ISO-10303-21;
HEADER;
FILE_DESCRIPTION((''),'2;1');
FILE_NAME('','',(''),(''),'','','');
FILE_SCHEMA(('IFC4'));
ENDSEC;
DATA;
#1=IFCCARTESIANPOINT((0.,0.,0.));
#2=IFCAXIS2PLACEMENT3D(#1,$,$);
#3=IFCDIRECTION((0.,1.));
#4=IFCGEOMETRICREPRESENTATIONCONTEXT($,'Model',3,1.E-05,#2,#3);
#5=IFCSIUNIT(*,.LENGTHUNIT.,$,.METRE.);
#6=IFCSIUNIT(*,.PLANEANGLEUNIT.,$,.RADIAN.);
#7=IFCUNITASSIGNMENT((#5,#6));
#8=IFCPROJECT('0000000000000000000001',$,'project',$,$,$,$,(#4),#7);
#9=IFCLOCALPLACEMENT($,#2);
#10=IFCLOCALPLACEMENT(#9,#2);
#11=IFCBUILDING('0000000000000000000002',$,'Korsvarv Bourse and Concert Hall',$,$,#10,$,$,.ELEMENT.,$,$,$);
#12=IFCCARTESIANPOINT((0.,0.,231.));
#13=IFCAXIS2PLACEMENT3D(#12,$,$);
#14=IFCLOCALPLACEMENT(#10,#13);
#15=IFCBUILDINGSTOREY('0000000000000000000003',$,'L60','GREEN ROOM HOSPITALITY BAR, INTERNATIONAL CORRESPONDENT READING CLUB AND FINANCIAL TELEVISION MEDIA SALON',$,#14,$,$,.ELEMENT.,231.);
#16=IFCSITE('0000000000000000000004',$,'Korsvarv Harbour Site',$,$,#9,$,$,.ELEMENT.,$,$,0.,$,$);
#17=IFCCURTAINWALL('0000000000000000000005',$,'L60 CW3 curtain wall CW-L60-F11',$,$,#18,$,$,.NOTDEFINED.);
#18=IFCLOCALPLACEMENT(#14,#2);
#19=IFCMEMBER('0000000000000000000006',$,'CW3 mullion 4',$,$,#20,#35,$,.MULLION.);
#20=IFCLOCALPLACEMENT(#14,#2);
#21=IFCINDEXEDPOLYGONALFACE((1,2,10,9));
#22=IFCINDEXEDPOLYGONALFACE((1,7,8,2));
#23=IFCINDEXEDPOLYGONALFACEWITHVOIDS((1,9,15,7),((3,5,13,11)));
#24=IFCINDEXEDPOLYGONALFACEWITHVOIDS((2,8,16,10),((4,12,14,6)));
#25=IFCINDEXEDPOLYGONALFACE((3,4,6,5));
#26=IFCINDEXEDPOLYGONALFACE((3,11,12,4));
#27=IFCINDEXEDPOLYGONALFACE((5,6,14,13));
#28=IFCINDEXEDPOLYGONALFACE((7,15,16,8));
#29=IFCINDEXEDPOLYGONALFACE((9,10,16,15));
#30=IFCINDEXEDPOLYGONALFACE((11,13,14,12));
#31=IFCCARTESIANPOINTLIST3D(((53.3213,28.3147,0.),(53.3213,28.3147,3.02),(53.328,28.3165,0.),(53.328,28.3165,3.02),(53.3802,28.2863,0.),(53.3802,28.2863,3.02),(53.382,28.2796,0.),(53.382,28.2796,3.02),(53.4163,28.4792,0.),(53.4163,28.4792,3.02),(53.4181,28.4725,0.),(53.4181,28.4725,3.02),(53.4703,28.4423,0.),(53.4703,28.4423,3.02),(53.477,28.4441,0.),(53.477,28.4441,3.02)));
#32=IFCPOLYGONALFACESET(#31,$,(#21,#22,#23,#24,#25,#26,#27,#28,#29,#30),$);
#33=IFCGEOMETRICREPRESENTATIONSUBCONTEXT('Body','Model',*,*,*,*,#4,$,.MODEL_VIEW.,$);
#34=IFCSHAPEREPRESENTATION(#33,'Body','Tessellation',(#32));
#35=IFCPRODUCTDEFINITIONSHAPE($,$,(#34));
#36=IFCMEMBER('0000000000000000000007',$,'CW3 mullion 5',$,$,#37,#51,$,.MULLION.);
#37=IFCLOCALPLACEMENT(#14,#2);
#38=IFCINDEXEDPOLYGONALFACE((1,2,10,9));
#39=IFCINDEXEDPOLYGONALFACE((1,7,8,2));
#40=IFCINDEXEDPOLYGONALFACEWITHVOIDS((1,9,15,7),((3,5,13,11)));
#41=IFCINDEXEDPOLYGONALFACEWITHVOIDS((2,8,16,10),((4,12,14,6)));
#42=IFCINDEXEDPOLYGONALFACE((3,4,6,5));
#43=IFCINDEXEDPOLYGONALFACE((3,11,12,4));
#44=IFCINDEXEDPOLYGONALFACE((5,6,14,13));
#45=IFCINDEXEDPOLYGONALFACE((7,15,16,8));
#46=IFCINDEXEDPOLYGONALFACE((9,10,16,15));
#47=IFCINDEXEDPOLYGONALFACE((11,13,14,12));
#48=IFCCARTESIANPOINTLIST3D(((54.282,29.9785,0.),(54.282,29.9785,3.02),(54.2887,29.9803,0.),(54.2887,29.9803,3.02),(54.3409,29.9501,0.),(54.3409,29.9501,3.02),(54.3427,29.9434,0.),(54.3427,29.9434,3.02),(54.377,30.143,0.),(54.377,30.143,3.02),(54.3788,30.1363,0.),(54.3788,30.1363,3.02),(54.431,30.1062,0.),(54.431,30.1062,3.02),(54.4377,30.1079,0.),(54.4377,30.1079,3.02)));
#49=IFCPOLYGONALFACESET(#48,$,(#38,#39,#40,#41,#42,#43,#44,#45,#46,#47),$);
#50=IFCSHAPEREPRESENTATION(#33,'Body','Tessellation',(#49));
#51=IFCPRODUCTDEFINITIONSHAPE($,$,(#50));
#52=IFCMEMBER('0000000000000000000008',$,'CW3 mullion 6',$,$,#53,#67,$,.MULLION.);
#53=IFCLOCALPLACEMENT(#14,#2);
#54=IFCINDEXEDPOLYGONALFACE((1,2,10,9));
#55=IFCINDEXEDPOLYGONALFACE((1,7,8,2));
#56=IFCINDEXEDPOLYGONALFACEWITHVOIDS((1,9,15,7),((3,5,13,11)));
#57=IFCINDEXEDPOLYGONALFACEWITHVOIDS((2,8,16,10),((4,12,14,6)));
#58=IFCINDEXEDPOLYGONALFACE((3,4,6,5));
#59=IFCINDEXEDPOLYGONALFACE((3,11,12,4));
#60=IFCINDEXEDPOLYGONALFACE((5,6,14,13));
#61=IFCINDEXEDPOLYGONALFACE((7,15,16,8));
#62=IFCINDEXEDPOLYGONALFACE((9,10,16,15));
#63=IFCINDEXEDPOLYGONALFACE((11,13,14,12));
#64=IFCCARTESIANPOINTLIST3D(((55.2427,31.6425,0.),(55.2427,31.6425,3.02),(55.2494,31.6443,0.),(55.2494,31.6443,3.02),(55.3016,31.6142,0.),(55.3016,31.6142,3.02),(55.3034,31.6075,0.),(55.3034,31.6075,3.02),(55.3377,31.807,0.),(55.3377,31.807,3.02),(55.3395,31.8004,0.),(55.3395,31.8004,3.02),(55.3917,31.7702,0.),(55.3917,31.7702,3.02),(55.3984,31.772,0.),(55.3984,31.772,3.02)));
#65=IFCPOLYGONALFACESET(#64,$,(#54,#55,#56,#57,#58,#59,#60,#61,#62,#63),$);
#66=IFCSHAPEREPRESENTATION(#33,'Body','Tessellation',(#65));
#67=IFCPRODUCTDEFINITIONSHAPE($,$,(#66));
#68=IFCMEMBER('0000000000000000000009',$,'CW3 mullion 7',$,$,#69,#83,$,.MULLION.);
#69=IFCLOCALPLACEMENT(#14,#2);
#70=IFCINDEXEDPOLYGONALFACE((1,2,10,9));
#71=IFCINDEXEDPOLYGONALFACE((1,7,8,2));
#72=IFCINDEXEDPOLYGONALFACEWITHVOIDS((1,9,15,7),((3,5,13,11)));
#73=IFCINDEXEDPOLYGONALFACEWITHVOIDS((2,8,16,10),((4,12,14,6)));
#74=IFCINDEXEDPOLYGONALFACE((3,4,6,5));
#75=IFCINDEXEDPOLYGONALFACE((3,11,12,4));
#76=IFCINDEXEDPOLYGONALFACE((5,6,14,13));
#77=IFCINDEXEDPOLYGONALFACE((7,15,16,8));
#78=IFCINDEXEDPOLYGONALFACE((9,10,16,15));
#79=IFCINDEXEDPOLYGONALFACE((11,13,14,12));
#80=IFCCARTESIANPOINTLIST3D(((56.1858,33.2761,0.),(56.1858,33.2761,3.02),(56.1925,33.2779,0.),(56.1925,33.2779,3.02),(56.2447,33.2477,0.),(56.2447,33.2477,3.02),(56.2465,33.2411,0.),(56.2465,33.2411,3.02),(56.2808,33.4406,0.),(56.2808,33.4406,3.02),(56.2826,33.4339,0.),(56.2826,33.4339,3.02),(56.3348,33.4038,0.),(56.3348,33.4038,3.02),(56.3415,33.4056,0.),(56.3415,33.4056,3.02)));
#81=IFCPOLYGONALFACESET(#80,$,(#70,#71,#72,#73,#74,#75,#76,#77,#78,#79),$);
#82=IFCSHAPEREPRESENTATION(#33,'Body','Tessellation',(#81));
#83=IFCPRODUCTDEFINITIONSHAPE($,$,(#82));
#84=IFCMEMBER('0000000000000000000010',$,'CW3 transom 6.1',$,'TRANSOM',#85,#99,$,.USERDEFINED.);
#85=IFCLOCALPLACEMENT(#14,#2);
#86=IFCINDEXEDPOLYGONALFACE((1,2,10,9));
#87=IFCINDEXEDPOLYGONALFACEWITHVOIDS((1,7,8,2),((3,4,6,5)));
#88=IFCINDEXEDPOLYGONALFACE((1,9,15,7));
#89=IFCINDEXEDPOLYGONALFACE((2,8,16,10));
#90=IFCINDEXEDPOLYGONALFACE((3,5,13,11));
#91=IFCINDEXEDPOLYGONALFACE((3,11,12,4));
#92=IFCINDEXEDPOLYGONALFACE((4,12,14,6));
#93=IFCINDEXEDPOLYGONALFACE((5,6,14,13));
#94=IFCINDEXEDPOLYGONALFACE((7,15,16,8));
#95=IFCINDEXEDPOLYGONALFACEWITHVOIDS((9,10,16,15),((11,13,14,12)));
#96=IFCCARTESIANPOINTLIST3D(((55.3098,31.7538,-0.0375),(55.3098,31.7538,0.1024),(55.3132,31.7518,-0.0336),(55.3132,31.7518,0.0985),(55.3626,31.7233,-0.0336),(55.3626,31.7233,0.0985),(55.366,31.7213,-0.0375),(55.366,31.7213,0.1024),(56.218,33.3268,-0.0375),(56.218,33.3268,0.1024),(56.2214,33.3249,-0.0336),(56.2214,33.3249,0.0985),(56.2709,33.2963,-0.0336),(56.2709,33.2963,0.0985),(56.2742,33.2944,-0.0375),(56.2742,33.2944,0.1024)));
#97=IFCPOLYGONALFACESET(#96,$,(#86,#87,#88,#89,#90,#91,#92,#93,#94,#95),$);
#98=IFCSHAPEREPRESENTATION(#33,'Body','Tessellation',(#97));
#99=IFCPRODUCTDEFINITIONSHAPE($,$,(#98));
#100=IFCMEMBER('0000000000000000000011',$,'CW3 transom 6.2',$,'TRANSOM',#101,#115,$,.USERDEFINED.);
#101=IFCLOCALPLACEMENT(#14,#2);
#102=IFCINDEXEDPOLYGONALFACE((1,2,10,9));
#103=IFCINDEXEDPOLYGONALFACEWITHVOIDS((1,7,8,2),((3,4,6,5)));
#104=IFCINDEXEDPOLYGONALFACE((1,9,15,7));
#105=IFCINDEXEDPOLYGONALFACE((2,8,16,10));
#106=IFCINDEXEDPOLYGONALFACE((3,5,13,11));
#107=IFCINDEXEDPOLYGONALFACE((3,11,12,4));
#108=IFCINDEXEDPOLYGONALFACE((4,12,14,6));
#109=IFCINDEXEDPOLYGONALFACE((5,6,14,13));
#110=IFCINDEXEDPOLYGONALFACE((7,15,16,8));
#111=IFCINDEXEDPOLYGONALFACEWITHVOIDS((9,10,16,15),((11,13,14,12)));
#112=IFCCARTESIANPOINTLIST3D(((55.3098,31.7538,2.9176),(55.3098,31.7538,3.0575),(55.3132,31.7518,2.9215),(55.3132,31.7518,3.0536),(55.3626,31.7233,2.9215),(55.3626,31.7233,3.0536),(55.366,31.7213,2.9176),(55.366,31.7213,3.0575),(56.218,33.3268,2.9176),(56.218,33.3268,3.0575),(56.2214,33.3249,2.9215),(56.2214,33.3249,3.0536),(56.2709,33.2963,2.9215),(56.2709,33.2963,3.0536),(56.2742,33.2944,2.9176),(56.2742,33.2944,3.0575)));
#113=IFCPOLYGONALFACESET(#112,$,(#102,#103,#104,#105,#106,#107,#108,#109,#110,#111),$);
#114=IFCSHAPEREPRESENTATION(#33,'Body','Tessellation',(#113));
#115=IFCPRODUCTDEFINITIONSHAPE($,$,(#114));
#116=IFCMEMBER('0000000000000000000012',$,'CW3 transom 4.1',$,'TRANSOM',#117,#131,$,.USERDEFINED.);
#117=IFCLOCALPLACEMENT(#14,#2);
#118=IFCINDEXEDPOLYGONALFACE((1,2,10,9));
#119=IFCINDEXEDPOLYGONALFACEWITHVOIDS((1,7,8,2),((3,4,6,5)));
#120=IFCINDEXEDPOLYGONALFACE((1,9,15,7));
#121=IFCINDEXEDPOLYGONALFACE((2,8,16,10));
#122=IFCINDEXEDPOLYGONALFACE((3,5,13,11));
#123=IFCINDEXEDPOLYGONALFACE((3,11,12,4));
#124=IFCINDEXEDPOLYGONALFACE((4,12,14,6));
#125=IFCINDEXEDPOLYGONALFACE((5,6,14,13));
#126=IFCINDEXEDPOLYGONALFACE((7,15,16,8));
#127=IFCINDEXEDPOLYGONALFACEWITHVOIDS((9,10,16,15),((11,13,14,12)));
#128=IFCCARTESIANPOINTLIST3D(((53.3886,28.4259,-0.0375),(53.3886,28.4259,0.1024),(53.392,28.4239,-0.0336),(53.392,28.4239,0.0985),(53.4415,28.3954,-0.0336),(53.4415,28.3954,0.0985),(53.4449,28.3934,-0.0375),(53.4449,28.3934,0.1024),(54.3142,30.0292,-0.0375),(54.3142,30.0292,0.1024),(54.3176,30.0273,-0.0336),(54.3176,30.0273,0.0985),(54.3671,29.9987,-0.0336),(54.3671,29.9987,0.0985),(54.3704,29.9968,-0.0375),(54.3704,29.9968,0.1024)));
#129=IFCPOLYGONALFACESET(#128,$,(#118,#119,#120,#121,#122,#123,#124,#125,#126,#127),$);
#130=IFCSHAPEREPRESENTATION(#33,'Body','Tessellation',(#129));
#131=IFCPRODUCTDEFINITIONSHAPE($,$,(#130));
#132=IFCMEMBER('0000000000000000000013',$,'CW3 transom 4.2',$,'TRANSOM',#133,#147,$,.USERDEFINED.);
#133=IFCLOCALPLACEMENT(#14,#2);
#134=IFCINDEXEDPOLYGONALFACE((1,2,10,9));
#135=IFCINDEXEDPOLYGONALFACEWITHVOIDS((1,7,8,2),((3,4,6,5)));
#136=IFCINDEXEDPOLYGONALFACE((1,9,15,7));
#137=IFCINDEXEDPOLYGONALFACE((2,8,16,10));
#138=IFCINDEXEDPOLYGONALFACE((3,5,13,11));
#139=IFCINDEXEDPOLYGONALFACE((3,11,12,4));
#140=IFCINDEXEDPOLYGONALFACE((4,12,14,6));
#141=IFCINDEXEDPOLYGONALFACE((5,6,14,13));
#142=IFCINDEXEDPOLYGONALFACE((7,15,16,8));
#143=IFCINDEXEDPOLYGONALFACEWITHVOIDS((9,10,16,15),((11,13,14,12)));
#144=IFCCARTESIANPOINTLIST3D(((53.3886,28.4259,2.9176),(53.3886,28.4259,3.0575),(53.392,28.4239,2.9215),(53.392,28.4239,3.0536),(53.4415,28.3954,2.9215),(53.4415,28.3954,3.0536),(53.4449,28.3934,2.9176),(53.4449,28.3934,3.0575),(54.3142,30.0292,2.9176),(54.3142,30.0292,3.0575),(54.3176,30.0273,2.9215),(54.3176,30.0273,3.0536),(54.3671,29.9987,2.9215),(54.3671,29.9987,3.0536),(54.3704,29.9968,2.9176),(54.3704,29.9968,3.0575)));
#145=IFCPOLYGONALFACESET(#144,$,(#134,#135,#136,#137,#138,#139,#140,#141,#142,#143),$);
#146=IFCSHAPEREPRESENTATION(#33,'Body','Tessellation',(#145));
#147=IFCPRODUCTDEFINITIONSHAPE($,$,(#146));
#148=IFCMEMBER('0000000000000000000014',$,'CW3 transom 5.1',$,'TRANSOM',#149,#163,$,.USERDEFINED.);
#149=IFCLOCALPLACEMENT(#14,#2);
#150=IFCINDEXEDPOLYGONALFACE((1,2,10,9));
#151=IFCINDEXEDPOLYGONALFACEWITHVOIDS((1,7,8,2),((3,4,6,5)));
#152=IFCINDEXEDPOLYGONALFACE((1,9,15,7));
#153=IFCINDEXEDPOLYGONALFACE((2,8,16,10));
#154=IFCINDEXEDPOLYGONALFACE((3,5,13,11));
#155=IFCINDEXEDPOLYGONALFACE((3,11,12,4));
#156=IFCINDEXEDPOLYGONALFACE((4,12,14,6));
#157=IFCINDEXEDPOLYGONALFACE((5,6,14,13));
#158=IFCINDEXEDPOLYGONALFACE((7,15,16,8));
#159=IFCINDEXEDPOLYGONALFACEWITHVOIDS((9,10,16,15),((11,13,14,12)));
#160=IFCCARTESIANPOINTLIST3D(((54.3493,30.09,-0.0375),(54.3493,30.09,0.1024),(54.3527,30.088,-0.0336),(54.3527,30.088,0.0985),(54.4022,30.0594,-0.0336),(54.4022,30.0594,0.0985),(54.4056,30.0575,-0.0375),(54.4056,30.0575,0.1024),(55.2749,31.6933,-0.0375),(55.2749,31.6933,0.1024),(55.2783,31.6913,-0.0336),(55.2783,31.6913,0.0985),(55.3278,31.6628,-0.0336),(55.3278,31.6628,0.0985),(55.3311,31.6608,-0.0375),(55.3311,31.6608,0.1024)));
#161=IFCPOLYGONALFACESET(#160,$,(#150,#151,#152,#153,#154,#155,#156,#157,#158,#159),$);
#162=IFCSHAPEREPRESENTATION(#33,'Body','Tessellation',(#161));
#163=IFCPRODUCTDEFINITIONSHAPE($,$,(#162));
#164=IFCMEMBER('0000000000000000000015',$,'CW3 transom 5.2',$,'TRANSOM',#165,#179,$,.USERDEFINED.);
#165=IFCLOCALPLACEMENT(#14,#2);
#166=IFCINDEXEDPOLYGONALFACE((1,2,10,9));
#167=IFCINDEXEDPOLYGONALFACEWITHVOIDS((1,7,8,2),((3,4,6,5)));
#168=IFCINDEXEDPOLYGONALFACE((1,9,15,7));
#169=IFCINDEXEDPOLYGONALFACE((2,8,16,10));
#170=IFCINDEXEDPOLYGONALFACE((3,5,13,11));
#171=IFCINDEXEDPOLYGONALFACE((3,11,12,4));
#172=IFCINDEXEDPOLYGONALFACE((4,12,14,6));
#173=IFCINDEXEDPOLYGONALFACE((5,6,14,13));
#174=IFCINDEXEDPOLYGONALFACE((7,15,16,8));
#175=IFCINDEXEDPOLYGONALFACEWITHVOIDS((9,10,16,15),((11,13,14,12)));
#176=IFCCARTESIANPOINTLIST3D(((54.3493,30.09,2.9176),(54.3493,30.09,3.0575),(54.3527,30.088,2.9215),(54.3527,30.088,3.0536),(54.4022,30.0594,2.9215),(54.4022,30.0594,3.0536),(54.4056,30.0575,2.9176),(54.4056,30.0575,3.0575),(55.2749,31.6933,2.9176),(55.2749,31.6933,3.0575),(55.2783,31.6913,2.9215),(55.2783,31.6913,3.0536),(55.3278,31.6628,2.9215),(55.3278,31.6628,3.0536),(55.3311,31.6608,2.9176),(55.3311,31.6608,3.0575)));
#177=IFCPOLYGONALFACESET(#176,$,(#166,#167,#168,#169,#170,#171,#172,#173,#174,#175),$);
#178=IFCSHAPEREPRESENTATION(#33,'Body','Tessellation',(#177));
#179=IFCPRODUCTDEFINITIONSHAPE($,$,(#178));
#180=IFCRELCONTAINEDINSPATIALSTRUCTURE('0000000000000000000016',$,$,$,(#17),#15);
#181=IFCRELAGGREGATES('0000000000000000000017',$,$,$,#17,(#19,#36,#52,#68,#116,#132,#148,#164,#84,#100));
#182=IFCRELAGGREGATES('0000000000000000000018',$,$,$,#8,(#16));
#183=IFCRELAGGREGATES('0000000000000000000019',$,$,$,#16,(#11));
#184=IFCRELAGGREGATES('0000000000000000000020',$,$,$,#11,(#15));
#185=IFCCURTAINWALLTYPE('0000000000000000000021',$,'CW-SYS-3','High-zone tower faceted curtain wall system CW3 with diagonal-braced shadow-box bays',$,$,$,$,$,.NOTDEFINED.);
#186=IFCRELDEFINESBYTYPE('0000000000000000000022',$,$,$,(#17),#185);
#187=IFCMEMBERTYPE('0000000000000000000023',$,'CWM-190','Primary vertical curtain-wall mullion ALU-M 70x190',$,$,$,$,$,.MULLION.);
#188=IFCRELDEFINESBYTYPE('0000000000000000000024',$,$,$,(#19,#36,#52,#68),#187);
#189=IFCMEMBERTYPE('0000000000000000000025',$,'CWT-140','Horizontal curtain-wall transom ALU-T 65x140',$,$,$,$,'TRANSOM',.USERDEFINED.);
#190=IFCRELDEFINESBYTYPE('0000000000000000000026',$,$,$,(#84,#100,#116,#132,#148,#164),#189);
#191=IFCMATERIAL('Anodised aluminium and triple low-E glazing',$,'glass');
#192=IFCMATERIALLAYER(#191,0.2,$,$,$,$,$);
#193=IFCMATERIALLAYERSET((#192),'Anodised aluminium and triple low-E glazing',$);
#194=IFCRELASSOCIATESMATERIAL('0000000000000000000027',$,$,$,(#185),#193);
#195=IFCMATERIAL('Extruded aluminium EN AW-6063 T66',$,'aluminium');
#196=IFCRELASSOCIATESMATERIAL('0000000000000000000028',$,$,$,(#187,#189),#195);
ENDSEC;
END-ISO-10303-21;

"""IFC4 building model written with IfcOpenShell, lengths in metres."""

from ifc_helpers import new_model, si_unit, direction, frame, origin, origin_2d, place, context, subcontext, project, spatial, hollow_rectangle, extrude, source, transform, mapped, material, layer, layer_set, material_profile, profile_set, type_object, element, aggregate, save


model = new_model("IFC4")

# Units and contexts
model_context = context("Model", 3, precision=1e-05, world=origin(), true_north=direction((0.0, 1.0)))
body_context = subcontext(model_context, "Body", "Model", "MODEL_VIEW")
ifc_project = project(units=[si_unit("LENGTHUNIT", "METRE"), si_unit("PLANEANGLEUNIT", "RADIAN")], contexts=[model_context])

# Site, building, storey
site_placement = place(None, origin())
site = spatial("IfcSite", under=ifc_project, at=site_placement, Name="Korsvarv Harbour Site", CompositionType="ELEMENT", RefElevation=0.0)
building_placement = place(site_placement, origin())
building = spatial("IfcBuilding", under=site, at=building_placement, Name="Korsvarv Bourse and Concert Hall", CompositionType="ELEMENT")
storey_placement = place(building_placement, frame((0.0, 0.0, 231.0)))
storey = spatial("IfcBuildingStorey", under=building, at=storey_placement, Name="L60", Description="GREEN ROOM HOSPITALITY BAR, INTERNATIONAL CORRESPONDENT READING CLUB AND FINANCIAL TELEVISION MEDIA SALON", CompositionType="ELEMENT", Elevation=231.0)

# Curtain wall, members
ifc_material_1 = material(Name="Anodised aluminium and triple low-E glazing", Category="glass")
ifc_layer_1 = layer(ifc_material_1, 0.2)
ifc_layer_set_1 = layer_set([ifc_layer_1], Name="Anodised aluminium and triple low-E glazing")
curtain_wall_type = type_object("IfcCurtainWallType", Name="CW-SYS-3", Description="High-zone tower faceted curtain wall system CW3 with diagonal-braced shadow-box bays", PredefinedType="NOTDEFINED", material=ifc_layer_set_1)
curtain_wall_placement = place(storey_placement, origin())
curtain_wall = element("IfcCurtainWall", 1, at=curtain_wall_placement, inside=storey, type_object=curtain_wall_type, Name="L60 CW3 curtain wall CW-L60-F11", PredefinedType="NOTDEFINED")
ifc_material_2 = material(Name="Extruded aluminium EN AW-6063 T66", Category="aluminium")
ifc_material_profile_1 = material_profile(ifc_material_2, hollow_rectangle(XDim=0.0701, YDim=0.1899, WallThickness=0.0049, at=origin_2d()), Name="ALU-M 70x190")
ifc_profile_set_1 = profile_set([ifc_material_profile_1], Name="Extruded aluminium EN AW-6063 T66")
member_type_1 = type_object("IfcMemberType", Name="CWM-190", Description="Primary vertical curtain-wall mullion ALU-M 70x190", PredefinedType="MULLION", material=ifc_profile_set_1)
shared_shape_1 = source(origin(), body_context, "Body", "SweptSolid", [
    extrude(hollow_rectangle(XDim=0.0701, YDim=0.1899, WallThickness=0.0049, at=origin_2d()), origin(), (0.0, 0.0, 1.0), 3.02),
])
member_1_placement = place(storey_placement, frame((53.3992, 28.3794, 0.0), z_axis=(0.0, 0.0, 1.0), x_axis=(-0.866028, 0.499996, 0.0)))
member_1 = element("IfcMember", 2, at=member_1_placement, type_object=member_type_1, Name="CW3 mullion 4", PredefinedType="MULLION", context=body_context, shape_type="MappedRepresentation", body=[
    mapped(shared_shape_1, transform((0.0, 0.0, 0.0), scale=1.0)),
])
member_2_placement = place(storey_placement, frame((54.3599, 30.0432, 0.0), z_axis=(0.0, 0.0, 1.0), x_axis=(-0.866028, 0.499996, 0.0)))
member_2 = element("IfcMember", 3, at=member_2_placement, type_object=member_type_1, Name="CW3 mullion 5", PredefinedType="MULLION", context=body_context, shape_type="MappedRepresentation", body=[
    mapped(shared_shape_1, transform((0.0, 0.0, 0.0), scale=1.0)),
])
member_3_placement = place(storey_placement, frame((55.3206, 31.7073, 0.0), z_axis=(0.0, 0.0, 1.0), x_axis=(-0.866028, 0.499996, 0.0)))
member_3 = element("IfcMember", 4, at=member_3_placement, type_object=member_type_1, Name="CW3 mullion 6", PredefinedType="MULLION", context=body_context, shape_type="MappedRepresentation", body=[
    mapped(shared_shape_1, transform((0.0, 0.0, 0.0), scale=1.0)),
])
member_4_placement = place(storey_placement, frame((56.2637, 33.3408, 0.0), z_axis=(0.0, 0.0, 1.0), x_axis=(-0.866028, 0.499996, 0.0)))
member_4 = element("IfcMember", 5, at=member_4_placement, type_object=member_type_1, Name="CW3 mullion 7", PredefinedType="MULLION", context=body_context, shape_type="MappedRepresentation", body=[
    mapped(shared_shape_1, transform((0.0, 0.0, 0.0), scale=1.0)),
])
ifc_material_profile_2 = material_profile(ifc_material_2, hollow_rectangle(XDim=0.0649, YDim=0.1399, WallThickness=0.0039, at=origin_2d()), Name="ALU-T 65x140")
ifc_profile_set_2 = profile_set([ifc_material_profile_2], Name="Extruded aluminium EN AW-6063 T66")
member_type_2 = type_object("IfcMemberType", Name="CWT-140", Description="Horizontal curtain-wall transom ALU-T 65x140", ElementType="TRANSOM", PredefinedType="USERDEFINED", material=ifc_profile_set_2)
shared_shape_2 = source(origin(), body_context, "Body", "SweptSolid", [
    extrude(hollow_rectangle(XDim=0.0649, YDim=0.1399, WallThickness=0.0039, at=origin_2d()), origin(), (0.0, 0.0, 1.0), 1.8164),
])
member_5_placement = place(storey_placement, frame((55.3379, 31.7375, 0.0325), z_axis=(0.500013, 0.866018, 0.0), x_axis=(-0.866018, 0.500013, 0.0)))
member_5 = element("IfcMember", 6, at=member_5_placement, type_object=member_type_2, Name="CW3 transom 6.1", ObjectType="TRANSOM", PredefinedType="USERDEFINED", context=body_context, shape_type="MappedRepresentation", body=[
    mapped(shared_shape_2, transform((0.0, 0.0, 0.0), scale=1.0)),
])
member_6_placement = place(storey_placement, frame((55.3379, 31.7375, 2.9875), z_axis=(0.500013, 0.866018, 0.0), x_axis=(-0.866018, 0.500013, 0.0)))
member_6 = element("IfcMember", 7, at=member_6_placement, type_object=member_type_2, Name="CW3 transom 6.2", ObjectType="TRANSOM", PredefinedType="USERDEFINED", context=body_context, shape_type="MappedRepresentation", body=[
    mapped(shared_shape_2, transform((0.0, 0.0, 0.0), scale=1.0)),
])
shared_shape_3 = source(origin(), body_context, "Body", "SweptSolid", [
    extrude(hollow_rectangle(XDim=0.0649, YDim=0.1399, WallThickness=0.0039, at=origin_2d()), origin(), (0.0, 0.0, 1.0), 1.8513),
])
member_7_placement = place(storey_placement, frame((53.4167, 28.4097, 0.0325), z_axis=(0.499955, 0.866052, 0.0), x_axis=(-0.866052, 0.499955, 0.0)))
member_7 = element("IfcMember", 8, at=member_7_placement, type_object=member_type_2, Name="CW3 transom 4.1", ObjectType="TRANSOM", PredefinedType="USERDEFINED", context=body_context, shape_type="MappedRepresentation", body=[
    mapped(shared_shape_3, transform((0.0, 0.0, 0.0), scale=1.0)),
])
member_8_placement = place(storey_placement, frame((53.4167, 28.4097, 2.9875), z_axis=(0.499955, 0.866052, 0.0), x_axis=(-0.866052, 0.499955, 0.0)))
member_8 = element("IfcMember", 9, at=member_8_placement, type_object=member_type_2, Name="CW3 transom 4.2", ObjectType="TRANSOM", PredefinedType="USERDEFINED", context=body_context, shape_type="MappedRepresentation", body=[
    mapped(shared_shape_3, transform((0.0, 0.0, 0.0), scale=1.0)),
])
member_9_placement = place(storey_placement, frame((54.3774, 30.0737, 0.0325), z_axis=(0.499955, 0.866052, 0.0), x_axis=(-0.866052, 0.499955, 0.0)))
member_9 = element("IfcMember", 10, at=member_9_placement, type_object=member_type_2, Name="CW3 transom 5.1", ObjectType="TRANSOM", PredefinedType="USERDEFINED", context=body_context, shape_type="MappedRepresentation", body=[
    mapped(shared_shape_3, transform((0.0, 0.0, 0.0), scale=1.0)),
])
member_10_placement = place(storey_placement, frame((54.3774, 30.0737, 2.9875), z_axis=(0.499955, 0.866052, 0.0), x_axis=(-0.866052, 0.499955, 0.0)))
member_10 = element("IfcMember", 11, at=member_10_placement, type_object=member_type_2, Name="CW3 transom 5.2", ObjectType="TRANSOM", PredefinedType="USERDEFINED", context=body_context, shape_type="MappedRepresentation", body=[
    mapped(shared_shape_3, transform((0.0, 0.0, 0.0), scale=1.0)),
])
aggregate(curtain_wall, [member_1, member_2, member_3, member_4, member_7, member_8, member_9, member_10, member_5, member_6])

save(model, "model.ifc")
